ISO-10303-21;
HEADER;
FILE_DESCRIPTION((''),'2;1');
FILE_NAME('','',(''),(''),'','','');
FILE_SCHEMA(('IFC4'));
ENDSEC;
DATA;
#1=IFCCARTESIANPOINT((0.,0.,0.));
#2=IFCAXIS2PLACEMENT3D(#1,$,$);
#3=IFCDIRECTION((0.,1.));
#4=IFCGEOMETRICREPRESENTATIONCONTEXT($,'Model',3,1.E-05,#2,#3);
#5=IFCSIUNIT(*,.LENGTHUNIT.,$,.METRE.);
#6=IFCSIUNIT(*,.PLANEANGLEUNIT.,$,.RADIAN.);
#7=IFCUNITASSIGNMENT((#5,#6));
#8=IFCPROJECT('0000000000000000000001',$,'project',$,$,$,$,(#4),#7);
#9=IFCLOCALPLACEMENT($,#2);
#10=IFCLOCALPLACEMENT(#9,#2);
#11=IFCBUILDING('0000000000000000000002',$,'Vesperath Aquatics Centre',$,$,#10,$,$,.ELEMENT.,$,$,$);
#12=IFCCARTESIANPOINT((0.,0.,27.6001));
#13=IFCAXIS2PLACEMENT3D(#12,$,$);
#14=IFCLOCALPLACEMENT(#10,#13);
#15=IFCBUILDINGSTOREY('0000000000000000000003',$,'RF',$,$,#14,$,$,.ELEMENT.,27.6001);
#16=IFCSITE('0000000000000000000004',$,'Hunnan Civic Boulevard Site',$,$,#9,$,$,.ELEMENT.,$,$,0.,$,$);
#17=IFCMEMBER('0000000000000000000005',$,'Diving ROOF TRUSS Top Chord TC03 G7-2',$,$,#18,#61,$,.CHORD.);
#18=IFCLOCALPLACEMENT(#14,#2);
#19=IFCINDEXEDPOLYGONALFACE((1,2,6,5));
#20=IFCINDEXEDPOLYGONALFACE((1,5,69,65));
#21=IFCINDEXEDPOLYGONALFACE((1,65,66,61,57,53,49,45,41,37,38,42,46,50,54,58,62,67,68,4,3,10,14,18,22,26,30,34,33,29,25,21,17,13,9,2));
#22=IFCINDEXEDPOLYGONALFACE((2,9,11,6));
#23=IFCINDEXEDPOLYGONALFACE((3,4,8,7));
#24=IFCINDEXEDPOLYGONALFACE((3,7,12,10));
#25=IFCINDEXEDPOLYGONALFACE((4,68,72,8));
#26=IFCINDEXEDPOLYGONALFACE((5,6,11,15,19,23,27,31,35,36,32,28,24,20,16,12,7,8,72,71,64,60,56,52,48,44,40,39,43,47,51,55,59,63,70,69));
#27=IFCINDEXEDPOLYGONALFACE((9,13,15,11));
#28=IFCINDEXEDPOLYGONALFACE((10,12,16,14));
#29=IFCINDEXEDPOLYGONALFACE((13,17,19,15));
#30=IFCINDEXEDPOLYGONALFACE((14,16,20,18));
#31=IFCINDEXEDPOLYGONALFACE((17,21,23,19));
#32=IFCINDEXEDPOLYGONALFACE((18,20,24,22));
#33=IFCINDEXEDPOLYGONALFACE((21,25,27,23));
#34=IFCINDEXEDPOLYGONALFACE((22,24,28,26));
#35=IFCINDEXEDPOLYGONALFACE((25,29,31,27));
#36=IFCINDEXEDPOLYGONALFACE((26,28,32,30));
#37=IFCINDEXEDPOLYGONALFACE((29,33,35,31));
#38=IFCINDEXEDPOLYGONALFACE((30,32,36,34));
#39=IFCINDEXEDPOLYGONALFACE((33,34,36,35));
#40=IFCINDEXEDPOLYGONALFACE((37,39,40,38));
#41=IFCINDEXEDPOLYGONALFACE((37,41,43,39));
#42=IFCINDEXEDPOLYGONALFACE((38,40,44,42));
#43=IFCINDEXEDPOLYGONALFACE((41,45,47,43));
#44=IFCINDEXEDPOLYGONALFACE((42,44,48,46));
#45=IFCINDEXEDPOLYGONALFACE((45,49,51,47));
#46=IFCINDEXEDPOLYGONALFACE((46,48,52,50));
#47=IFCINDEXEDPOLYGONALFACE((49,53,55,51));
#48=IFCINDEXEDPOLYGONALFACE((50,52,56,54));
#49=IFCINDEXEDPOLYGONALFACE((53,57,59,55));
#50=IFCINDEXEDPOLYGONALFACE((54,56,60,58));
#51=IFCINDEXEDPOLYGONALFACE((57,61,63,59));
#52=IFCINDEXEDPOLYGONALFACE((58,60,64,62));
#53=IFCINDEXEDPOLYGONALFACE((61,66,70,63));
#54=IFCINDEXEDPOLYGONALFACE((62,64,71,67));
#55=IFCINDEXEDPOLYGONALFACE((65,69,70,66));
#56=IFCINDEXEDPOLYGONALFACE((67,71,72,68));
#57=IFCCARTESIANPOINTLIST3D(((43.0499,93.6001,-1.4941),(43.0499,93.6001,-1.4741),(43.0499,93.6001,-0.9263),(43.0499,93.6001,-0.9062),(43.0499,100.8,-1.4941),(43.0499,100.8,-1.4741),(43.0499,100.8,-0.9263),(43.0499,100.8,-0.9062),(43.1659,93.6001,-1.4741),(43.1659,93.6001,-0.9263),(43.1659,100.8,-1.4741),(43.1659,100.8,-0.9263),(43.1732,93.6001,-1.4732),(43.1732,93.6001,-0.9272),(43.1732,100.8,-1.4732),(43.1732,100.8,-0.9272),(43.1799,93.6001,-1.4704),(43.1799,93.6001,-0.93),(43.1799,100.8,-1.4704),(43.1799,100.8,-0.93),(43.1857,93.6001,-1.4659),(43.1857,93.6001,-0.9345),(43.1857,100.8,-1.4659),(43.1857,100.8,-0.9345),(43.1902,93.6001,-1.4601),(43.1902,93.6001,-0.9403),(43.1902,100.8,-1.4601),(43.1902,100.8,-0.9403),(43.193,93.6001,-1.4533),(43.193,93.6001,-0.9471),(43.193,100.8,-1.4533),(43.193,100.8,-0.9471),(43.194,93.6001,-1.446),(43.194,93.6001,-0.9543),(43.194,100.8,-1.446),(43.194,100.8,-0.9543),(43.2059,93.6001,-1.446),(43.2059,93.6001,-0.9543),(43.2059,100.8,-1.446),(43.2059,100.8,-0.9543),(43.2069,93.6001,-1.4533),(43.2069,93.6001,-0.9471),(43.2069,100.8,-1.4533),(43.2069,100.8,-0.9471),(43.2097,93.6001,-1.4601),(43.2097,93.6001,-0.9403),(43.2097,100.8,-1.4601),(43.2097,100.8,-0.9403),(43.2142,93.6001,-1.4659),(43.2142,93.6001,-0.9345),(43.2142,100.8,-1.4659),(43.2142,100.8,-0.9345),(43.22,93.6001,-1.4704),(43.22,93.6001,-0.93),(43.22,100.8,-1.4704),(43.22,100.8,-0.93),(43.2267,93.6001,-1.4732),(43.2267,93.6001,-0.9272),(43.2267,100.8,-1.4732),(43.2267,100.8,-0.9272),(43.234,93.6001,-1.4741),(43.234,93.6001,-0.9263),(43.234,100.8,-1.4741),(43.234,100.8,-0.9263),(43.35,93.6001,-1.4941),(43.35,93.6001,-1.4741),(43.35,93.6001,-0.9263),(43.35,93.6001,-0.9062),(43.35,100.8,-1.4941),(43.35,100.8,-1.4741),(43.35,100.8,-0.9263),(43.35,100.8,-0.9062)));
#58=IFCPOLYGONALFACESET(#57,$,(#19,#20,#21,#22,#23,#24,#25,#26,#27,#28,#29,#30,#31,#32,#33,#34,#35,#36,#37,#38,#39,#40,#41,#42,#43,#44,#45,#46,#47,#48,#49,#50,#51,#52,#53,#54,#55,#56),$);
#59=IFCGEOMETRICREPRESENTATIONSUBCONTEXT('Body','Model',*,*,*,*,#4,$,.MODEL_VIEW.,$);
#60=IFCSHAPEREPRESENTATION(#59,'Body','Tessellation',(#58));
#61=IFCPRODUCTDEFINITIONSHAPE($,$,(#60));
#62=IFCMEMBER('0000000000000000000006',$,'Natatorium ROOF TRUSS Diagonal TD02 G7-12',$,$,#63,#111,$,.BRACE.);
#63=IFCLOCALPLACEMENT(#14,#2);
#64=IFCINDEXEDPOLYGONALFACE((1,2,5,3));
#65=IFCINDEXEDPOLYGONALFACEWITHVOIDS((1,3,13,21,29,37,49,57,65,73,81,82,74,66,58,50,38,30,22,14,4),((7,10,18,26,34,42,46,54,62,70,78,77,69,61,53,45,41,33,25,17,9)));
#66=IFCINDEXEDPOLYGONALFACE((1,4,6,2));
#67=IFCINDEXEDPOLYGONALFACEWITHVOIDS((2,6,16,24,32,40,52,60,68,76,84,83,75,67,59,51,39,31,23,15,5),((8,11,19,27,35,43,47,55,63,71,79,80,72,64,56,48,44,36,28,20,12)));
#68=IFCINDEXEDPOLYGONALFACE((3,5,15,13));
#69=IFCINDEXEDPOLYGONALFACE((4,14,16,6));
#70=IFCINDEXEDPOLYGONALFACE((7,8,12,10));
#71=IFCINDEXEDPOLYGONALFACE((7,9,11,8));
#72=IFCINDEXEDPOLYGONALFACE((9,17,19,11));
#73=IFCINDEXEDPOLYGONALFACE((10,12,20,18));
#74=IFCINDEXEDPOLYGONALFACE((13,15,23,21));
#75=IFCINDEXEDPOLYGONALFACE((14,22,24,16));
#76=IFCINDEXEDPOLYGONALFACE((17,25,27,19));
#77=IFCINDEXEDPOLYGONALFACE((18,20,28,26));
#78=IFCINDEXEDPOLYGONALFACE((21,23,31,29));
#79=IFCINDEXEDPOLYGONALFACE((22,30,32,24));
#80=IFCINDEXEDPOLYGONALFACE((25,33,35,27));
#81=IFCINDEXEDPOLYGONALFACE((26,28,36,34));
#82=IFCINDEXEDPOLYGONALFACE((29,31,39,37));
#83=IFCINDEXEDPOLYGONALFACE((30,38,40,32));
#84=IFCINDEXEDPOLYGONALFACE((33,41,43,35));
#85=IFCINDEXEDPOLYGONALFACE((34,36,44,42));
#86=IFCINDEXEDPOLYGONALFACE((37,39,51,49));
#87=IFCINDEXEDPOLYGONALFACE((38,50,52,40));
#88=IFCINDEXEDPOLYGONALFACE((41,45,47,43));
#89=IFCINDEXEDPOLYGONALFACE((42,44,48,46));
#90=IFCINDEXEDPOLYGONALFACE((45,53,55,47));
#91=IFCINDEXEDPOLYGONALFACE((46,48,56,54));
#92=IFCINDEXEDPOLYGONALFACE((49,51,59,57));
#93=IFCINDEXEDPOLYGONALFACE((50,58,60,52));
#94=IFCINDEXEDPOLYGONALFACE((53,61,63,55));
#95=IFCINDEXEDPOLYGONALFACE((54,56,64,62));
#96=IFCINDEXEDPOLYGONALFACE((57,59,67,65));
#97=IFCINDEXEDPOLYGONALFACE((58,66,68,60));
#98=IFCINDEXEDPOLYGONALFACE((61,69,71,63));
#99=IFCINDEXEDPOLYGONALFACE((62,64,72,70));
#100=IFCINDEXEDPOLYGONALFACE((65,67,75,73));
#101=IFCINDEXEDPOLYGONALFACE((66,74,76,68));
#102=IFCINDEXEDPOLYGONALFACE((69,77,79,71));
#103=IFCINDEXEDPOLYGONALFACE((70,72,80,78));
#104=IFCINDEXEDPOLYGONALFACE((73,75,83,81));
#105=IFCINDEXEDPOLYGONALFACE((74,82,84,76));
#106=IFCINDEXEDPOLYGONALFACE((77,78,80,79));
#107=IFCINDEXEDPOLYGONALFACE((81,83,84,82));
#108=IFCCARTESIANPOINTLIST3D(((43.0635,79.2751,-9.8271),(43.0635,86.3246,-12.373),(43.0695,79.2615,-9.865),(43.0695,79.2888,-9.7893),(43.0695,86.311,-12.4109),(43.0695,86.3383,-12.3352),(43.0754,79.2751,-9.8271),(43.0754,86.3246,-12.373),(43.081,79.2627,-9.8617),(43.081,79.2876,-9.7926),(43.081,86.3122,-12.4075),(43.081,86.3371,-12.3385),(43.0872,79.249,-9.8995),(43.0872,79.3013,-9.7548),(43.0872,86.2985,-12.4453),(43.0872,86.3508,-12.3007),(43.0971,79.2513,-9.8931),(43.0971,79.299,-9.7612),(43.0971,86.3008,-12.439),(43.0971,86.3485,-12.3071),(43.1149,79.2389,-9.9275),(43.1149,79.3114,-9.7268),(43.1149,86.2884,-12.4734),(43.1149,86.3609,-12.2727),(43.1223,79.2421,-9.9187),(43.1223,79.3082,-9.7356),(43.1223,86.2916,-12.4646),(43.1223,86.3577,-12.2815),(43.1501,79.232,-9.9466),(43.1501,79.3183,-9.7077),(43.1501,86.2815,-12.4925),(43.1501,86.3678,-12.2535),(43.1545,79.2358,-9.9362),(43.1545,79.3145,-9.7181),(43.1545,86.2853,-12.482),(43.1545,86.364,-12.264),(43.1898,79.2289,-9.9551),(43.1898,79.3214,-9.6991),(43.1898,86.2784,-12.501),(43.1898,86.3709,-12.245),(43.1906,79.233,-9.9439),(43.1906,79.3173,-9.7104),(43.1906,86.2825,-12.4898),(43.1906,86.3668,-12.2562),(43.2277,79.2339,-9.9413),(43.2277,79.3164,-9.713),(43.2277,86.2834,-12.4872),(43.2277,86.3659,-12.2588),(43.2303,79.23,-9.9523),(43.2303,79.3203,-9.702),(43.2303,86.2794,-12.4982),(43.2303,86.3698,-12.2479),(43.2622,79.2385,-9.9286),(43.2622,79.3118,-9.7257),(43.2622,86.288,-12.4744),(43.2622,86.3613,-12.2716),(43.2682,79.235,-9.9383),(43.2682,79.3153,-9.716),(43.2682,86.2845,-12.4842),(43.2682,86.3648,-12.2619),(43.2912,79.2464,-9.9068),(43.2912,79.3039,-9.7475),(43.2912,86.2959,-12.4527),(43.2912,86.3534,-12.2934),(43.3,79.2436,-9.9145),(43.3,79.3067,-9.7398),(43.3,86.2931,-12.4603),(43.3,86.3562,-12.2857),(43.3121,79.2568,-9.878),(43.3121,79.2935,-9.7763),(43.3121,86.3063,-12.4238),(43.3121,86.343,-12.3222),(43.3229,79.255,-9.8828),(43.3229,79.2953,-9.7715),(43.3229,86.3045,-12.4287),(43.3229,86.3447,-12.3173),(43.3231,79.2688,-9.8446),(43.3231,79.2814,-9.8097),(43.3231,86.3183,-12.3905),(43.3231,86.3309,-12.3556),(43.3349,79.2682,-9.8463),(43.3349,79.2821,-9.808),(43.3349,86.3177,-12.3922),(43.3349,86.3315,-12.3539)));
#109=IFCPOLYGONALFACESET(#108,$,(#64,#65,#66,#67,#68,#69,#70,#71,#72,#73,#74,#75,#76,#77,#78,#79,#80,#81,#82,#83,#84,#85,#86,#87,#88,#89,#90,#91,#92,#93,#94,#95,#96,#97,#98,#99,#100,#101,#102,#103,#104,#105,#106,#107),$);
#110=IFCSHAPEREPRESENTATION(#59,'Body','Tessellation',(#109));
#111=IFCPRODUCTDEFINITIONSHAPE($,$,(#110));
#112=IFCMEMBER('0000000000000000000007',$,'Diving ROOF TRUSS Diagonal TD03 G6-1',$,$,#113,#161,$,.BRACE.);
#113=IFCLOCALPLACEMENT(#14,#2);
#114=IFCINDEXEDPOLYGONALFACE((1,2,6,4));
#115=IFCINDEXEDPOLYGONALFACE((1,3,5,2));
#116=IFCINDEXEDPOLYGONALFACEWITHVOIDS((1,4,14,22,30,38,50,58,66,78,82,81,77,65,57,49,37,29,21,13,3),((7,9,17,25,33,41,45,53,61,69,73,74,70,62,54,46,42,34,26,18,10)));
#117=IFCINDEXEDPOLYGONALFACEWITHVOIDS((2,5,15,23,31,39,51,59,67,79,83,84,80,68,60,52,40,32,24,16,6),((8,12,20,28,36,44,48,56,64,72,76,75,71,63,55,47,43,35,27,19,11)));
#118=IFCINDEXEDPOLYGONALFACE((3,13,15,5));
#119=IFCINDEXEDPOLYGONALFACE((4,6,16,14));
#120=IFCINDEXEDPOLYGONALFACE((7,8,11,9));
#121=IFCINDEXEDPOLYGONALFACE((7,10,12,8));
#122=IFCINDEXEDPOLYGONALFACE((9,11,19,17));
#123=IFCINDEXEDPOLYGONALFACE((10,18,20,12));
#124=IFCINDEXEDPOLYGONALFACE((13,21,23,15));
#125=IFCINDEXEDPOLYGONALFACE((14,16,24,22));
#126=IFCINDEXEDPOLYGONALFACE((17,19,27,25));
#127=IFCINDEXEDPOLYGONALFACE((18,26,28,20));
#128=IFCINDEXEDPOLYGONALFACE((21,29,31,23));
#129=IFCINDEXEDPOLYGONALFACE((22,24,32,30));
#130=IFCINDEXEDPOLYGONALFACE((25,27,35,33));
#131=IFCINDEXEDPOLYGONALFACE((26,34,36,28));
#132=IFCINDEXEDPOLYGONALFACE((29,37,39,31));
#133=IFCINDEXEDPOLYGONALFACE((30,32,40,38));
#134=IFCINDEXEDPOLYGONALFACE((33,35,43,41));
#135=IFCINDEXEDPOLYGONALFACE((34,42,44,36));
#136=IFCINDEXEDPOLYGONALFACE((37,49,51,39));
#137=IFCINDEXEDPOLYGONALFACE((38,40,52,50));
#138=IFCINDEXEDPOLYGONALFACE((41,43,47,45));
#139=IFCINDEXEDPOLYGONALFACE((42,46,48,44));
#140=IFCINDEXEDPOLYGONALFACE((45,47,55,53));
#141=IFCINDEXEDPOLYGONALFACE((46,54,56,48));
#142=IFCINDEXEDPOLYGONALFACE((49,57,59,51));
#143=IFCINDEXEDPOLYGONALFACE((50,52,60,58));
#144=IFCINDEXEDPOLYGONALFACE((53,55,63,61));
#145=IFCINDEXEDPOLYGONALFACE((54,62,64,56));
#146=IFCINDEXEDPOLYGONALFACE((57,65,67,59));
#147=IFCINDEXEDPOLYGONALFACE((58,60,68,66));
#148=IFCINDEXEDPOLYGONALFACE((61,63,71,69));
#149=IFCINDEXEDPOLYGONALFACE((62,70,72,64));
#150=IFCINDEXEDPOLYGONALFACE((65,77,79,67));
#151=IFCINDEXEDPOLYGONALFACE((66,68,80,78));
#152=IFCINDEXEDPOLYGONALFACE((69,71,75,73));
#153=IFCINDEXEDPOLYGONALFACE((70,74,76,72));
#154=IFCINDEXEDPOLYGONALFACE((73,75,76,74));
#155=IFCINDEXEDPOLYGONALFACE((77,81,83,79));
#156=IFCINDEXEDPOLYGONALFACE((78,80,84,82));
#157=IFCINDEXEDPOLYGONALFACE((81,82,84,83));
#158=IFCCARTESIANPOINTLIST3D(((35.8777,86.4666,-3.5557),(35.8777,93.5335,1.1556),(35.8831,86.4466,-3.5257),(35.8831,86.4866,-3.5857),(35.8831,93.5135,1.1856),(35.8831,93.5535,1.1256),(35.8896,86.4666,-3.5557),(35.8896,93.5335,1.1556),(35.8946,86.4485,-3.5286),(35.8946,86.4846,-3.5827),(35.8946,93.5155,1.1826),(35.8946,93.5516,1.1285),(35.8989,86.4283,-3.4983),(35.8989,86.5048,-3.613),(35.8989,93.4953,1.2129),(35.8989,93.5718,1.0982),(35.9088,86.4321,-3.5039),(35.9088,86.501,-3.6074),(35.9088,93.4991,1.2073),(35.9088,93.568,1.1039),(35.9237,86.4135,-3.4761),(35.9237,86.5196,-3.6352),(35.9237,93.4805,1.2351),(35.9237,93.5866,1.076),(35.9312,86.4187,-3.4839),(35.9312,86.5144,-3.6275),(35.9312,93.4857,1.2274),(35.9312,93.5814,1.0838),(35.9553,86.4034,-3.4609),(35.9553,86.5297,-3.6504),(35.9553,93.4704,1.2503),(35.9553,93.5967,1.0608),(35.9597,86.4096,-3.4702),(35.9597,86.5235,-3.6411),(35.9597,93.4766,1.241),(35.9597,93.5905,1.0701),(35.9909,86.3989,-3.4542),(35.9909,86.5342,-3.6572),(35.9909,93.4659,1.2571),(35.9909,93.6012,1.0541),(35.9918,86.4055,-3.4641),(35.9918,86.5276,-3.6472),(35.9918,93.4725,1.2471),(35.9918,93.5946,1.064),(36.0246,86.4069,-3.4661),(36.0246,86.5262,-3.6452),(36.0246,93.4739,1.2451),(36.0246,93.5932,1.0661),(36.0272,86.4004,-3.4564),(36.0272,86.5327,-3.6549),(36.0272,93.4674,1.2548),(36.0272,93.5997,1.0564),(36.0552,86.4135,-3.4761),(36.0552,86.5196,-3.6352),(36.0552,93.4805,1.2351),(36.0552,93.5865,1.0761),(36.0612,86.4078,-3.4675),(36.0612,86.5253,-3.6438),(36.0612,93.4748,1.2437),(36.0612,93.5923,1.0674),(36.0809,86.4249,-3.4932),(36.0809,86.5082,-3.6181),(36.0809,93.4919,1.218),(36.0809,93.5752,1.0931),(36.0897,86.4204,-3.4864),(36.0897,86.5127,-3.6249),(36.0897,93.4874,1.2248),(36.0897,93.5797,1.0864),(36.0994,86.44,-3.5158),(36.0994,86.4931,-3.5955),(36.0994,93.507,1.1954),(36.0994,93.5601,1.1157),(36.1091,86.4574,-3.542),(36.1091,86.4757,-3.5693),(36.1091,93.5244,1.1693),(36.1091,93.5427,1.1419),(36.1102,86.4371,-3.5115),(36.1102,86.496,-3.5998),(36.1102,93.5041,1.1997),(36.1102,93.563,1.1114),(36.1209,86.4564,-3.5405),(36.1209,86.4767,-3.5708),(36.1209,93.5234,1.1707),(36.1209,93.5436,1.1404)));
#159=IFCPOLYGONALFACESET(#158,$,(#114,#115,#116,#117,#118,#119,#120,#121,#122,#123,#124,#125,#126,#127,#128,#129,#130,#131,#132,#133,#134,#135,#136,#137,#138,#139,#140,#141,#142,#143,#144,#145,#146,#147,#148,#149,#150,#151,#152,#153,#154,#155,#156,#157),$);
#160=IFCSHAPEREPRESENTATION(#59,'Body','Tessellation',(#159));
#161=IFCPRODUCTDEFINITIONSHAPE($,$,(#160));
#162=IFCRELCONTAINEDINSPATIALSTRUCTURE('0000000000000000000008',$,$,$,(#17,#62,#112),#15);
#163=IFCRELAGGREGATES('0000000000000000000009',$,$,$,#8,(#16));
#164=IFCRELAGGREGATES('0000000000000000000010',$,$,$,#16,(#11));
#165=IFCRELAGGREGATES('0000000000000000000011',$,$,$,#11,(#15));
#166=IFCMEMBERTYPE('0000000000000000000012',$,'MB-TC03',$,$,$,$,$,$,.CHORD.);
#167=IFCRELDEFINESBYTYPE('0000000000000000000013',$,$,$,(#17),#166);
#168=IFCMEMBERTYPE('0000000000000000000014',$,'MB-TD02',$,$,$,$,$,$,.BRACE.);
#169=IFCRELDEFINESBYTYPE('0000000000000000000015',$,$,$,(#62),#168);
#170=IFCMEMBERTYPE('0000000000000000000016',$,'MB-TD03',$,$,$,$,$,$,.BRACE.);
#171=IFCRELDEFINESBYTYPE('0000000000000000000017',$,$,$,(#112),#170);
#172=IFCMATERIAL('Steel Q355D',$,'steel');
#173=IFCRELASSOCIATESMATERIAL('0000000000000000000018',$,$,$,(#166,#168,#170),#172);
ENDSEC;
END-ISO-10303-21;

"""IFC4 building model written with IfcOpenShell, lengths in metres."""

from ifc_helpers import new_model, si_unit, direction, frame, origin, origin_2d, place, context, subcontext, project, spatial, hollow_circle, i_section, extrude, material, material_profile, profile_set, type_object, element, save


model = new_model("IFC4")

# Units and contexts
model_context = context("Model", 3, precision=1e-05, world=origin(), true_north=direction((0.0, 1.0)))
body_context = subcontext(model_context, "Body", "Model", "MODEL_VIEW")
ifc_project = project(units=[si_unit("LENGTHUNIT", "METRE"), si_unit("PLANEANGLEUNIT", "RADIAN")], contexts=[model_context])

# Site, building, storey
site_placement = place(None, origin())
site = spatial("IfcSite", under=ifc_project, at=site_placement, Name="Hunnan Civic Boulevard Site", CompositionType="ELEMENT", RefElevation=0.0)
building_placement = place(site_placement, origin())
building = spatial("IfcBuilding", under=site, at=building_placement, Name="Vesperath Aquatics Centre", CompositionType="ELEMENT")
storey_placement = place(building_placement, frame((0.0, 0.0, 27.6001)))
storey = spatial("IfcBuildingStorey", under=building, at=storey_placement, Name="RF", CompositionType="ELEMENT", Elevation=27.6001)

# Members
ifc_material_1 = material(Name="Steel Q355D", Category="steel")
ifc_material_profile_1 = material_profile(ifc_material_1, i_section(OverallWidth=0.3, OverallDepth=0.5879, WebThickness=0.012, FlangeThickness=0.02, FilletRadius=0.0281, at=origin_2d()), Name="HM 588x300x12x20")
ifc_profile_set_1 = profile_set([ifc_material_profile_1], Name="Steel Q355D")
member_type_1 = type_object("IfcMemberType", Name="MB-TC03", PredefinedType="CHORD", material=ifc_profile_set_1)
member_1_placement = place(storey_placement, frame((43.2, 93.6001, -1.2002), z_axis=(0.0, 1.0, 0.0), x_axis=(-1.0, 0.0, 0.0)))
element("IfcMember", 1, at=member_1_placement, inside=storey, type_object=member_type_1, Name="Diving ROOF TRUSS Top Chord TC03 G7-2", PredefinedType="CHORD", context=body_context, shape_type="SweptSolid", body=[
    extrude(i_section(OverallWidth=0.3, OverallDepth=0.5879, WebThickness=0.012, FlangeThickness=0.02, FilletRadius=0.0281, at=origin_2d()), origin(), (0.0, 0.0, 1.0), 7.2),
])
ifc_material_profile_2 = material_profile(ifc_material_1, hollow_circle(Radius=0.1365, WallThickness=0.012, at=origin_2d()), Name="CHS 273.0x12")
ifc_profile_set_2 = profile_set([ifc_material_profile_2], Name="Steel Q355D")
member_type_2 = type_object("IfcMemberType", Name="MB-TD02", PredefinedType="BRACE", material=ifc_profile_set_2)
member_2_placement = place(storey_placement, frame((43.2, 79.2751, -9.8271), z_axis=(0.0, 0.940544, -0.339671), x_axis=(-1.0, 0.0, 0.0)))
element("IfcMember", 2, at=member_2_placement, inside=storey, type_object=member_type_2, Name="Natatorium ROOF TRUSS Diagonal TD02 G7-12", PredefinedType="BRACE", context=body_context, shape_type="SweptSolid", body=[
    extrude(hollow_circle(Radius=0.1365, WallThickness=0.012, at=origin_2d()), origin(), (0.0, 0.0, 1.0), 7.4951),
])
ifc_material_profile_3 = material_profile(ifc_material_1, hollow_circle(Radius=0.1223, WallThickness=0.012, at=origin_2d()), Name="CHS 244.5x12")
ifc_profile_set_3 = profile_set([ifc_material_profile_3], Name="Steel Q355D")
member_type_3 = type_object("IfcMemberType", Name="MB-TD03", PredefinedType="BRACE", material=ifc_profile_set_3)
for number, where, z_axis, x_axis, name in (
    (3, (36.0, 86.4666, -3.5557), (0.0, 0.832055, 0.554694), (-1.0, 0.0, 0.0), "Diving ROOF TRUSS Diagonal TD03 G6-1"),
):
    element("IfcMember", number, at=place(storey_placement, frame(where, z_axis=z_axis, x_axis=x_axis)), inside=storey, type_object=member_type_3, Name=name, PredefinedType="BRACE", context=body_context, shape_type="SweptSolid", body=[
        extrude(hollow_circle(Radius=0.1223, WallThickness=0.012, at=origin_2d()), origin(), (0.0, 0.0, 1.0), 8.4934),
    ])

save(model, "model.ifc")
